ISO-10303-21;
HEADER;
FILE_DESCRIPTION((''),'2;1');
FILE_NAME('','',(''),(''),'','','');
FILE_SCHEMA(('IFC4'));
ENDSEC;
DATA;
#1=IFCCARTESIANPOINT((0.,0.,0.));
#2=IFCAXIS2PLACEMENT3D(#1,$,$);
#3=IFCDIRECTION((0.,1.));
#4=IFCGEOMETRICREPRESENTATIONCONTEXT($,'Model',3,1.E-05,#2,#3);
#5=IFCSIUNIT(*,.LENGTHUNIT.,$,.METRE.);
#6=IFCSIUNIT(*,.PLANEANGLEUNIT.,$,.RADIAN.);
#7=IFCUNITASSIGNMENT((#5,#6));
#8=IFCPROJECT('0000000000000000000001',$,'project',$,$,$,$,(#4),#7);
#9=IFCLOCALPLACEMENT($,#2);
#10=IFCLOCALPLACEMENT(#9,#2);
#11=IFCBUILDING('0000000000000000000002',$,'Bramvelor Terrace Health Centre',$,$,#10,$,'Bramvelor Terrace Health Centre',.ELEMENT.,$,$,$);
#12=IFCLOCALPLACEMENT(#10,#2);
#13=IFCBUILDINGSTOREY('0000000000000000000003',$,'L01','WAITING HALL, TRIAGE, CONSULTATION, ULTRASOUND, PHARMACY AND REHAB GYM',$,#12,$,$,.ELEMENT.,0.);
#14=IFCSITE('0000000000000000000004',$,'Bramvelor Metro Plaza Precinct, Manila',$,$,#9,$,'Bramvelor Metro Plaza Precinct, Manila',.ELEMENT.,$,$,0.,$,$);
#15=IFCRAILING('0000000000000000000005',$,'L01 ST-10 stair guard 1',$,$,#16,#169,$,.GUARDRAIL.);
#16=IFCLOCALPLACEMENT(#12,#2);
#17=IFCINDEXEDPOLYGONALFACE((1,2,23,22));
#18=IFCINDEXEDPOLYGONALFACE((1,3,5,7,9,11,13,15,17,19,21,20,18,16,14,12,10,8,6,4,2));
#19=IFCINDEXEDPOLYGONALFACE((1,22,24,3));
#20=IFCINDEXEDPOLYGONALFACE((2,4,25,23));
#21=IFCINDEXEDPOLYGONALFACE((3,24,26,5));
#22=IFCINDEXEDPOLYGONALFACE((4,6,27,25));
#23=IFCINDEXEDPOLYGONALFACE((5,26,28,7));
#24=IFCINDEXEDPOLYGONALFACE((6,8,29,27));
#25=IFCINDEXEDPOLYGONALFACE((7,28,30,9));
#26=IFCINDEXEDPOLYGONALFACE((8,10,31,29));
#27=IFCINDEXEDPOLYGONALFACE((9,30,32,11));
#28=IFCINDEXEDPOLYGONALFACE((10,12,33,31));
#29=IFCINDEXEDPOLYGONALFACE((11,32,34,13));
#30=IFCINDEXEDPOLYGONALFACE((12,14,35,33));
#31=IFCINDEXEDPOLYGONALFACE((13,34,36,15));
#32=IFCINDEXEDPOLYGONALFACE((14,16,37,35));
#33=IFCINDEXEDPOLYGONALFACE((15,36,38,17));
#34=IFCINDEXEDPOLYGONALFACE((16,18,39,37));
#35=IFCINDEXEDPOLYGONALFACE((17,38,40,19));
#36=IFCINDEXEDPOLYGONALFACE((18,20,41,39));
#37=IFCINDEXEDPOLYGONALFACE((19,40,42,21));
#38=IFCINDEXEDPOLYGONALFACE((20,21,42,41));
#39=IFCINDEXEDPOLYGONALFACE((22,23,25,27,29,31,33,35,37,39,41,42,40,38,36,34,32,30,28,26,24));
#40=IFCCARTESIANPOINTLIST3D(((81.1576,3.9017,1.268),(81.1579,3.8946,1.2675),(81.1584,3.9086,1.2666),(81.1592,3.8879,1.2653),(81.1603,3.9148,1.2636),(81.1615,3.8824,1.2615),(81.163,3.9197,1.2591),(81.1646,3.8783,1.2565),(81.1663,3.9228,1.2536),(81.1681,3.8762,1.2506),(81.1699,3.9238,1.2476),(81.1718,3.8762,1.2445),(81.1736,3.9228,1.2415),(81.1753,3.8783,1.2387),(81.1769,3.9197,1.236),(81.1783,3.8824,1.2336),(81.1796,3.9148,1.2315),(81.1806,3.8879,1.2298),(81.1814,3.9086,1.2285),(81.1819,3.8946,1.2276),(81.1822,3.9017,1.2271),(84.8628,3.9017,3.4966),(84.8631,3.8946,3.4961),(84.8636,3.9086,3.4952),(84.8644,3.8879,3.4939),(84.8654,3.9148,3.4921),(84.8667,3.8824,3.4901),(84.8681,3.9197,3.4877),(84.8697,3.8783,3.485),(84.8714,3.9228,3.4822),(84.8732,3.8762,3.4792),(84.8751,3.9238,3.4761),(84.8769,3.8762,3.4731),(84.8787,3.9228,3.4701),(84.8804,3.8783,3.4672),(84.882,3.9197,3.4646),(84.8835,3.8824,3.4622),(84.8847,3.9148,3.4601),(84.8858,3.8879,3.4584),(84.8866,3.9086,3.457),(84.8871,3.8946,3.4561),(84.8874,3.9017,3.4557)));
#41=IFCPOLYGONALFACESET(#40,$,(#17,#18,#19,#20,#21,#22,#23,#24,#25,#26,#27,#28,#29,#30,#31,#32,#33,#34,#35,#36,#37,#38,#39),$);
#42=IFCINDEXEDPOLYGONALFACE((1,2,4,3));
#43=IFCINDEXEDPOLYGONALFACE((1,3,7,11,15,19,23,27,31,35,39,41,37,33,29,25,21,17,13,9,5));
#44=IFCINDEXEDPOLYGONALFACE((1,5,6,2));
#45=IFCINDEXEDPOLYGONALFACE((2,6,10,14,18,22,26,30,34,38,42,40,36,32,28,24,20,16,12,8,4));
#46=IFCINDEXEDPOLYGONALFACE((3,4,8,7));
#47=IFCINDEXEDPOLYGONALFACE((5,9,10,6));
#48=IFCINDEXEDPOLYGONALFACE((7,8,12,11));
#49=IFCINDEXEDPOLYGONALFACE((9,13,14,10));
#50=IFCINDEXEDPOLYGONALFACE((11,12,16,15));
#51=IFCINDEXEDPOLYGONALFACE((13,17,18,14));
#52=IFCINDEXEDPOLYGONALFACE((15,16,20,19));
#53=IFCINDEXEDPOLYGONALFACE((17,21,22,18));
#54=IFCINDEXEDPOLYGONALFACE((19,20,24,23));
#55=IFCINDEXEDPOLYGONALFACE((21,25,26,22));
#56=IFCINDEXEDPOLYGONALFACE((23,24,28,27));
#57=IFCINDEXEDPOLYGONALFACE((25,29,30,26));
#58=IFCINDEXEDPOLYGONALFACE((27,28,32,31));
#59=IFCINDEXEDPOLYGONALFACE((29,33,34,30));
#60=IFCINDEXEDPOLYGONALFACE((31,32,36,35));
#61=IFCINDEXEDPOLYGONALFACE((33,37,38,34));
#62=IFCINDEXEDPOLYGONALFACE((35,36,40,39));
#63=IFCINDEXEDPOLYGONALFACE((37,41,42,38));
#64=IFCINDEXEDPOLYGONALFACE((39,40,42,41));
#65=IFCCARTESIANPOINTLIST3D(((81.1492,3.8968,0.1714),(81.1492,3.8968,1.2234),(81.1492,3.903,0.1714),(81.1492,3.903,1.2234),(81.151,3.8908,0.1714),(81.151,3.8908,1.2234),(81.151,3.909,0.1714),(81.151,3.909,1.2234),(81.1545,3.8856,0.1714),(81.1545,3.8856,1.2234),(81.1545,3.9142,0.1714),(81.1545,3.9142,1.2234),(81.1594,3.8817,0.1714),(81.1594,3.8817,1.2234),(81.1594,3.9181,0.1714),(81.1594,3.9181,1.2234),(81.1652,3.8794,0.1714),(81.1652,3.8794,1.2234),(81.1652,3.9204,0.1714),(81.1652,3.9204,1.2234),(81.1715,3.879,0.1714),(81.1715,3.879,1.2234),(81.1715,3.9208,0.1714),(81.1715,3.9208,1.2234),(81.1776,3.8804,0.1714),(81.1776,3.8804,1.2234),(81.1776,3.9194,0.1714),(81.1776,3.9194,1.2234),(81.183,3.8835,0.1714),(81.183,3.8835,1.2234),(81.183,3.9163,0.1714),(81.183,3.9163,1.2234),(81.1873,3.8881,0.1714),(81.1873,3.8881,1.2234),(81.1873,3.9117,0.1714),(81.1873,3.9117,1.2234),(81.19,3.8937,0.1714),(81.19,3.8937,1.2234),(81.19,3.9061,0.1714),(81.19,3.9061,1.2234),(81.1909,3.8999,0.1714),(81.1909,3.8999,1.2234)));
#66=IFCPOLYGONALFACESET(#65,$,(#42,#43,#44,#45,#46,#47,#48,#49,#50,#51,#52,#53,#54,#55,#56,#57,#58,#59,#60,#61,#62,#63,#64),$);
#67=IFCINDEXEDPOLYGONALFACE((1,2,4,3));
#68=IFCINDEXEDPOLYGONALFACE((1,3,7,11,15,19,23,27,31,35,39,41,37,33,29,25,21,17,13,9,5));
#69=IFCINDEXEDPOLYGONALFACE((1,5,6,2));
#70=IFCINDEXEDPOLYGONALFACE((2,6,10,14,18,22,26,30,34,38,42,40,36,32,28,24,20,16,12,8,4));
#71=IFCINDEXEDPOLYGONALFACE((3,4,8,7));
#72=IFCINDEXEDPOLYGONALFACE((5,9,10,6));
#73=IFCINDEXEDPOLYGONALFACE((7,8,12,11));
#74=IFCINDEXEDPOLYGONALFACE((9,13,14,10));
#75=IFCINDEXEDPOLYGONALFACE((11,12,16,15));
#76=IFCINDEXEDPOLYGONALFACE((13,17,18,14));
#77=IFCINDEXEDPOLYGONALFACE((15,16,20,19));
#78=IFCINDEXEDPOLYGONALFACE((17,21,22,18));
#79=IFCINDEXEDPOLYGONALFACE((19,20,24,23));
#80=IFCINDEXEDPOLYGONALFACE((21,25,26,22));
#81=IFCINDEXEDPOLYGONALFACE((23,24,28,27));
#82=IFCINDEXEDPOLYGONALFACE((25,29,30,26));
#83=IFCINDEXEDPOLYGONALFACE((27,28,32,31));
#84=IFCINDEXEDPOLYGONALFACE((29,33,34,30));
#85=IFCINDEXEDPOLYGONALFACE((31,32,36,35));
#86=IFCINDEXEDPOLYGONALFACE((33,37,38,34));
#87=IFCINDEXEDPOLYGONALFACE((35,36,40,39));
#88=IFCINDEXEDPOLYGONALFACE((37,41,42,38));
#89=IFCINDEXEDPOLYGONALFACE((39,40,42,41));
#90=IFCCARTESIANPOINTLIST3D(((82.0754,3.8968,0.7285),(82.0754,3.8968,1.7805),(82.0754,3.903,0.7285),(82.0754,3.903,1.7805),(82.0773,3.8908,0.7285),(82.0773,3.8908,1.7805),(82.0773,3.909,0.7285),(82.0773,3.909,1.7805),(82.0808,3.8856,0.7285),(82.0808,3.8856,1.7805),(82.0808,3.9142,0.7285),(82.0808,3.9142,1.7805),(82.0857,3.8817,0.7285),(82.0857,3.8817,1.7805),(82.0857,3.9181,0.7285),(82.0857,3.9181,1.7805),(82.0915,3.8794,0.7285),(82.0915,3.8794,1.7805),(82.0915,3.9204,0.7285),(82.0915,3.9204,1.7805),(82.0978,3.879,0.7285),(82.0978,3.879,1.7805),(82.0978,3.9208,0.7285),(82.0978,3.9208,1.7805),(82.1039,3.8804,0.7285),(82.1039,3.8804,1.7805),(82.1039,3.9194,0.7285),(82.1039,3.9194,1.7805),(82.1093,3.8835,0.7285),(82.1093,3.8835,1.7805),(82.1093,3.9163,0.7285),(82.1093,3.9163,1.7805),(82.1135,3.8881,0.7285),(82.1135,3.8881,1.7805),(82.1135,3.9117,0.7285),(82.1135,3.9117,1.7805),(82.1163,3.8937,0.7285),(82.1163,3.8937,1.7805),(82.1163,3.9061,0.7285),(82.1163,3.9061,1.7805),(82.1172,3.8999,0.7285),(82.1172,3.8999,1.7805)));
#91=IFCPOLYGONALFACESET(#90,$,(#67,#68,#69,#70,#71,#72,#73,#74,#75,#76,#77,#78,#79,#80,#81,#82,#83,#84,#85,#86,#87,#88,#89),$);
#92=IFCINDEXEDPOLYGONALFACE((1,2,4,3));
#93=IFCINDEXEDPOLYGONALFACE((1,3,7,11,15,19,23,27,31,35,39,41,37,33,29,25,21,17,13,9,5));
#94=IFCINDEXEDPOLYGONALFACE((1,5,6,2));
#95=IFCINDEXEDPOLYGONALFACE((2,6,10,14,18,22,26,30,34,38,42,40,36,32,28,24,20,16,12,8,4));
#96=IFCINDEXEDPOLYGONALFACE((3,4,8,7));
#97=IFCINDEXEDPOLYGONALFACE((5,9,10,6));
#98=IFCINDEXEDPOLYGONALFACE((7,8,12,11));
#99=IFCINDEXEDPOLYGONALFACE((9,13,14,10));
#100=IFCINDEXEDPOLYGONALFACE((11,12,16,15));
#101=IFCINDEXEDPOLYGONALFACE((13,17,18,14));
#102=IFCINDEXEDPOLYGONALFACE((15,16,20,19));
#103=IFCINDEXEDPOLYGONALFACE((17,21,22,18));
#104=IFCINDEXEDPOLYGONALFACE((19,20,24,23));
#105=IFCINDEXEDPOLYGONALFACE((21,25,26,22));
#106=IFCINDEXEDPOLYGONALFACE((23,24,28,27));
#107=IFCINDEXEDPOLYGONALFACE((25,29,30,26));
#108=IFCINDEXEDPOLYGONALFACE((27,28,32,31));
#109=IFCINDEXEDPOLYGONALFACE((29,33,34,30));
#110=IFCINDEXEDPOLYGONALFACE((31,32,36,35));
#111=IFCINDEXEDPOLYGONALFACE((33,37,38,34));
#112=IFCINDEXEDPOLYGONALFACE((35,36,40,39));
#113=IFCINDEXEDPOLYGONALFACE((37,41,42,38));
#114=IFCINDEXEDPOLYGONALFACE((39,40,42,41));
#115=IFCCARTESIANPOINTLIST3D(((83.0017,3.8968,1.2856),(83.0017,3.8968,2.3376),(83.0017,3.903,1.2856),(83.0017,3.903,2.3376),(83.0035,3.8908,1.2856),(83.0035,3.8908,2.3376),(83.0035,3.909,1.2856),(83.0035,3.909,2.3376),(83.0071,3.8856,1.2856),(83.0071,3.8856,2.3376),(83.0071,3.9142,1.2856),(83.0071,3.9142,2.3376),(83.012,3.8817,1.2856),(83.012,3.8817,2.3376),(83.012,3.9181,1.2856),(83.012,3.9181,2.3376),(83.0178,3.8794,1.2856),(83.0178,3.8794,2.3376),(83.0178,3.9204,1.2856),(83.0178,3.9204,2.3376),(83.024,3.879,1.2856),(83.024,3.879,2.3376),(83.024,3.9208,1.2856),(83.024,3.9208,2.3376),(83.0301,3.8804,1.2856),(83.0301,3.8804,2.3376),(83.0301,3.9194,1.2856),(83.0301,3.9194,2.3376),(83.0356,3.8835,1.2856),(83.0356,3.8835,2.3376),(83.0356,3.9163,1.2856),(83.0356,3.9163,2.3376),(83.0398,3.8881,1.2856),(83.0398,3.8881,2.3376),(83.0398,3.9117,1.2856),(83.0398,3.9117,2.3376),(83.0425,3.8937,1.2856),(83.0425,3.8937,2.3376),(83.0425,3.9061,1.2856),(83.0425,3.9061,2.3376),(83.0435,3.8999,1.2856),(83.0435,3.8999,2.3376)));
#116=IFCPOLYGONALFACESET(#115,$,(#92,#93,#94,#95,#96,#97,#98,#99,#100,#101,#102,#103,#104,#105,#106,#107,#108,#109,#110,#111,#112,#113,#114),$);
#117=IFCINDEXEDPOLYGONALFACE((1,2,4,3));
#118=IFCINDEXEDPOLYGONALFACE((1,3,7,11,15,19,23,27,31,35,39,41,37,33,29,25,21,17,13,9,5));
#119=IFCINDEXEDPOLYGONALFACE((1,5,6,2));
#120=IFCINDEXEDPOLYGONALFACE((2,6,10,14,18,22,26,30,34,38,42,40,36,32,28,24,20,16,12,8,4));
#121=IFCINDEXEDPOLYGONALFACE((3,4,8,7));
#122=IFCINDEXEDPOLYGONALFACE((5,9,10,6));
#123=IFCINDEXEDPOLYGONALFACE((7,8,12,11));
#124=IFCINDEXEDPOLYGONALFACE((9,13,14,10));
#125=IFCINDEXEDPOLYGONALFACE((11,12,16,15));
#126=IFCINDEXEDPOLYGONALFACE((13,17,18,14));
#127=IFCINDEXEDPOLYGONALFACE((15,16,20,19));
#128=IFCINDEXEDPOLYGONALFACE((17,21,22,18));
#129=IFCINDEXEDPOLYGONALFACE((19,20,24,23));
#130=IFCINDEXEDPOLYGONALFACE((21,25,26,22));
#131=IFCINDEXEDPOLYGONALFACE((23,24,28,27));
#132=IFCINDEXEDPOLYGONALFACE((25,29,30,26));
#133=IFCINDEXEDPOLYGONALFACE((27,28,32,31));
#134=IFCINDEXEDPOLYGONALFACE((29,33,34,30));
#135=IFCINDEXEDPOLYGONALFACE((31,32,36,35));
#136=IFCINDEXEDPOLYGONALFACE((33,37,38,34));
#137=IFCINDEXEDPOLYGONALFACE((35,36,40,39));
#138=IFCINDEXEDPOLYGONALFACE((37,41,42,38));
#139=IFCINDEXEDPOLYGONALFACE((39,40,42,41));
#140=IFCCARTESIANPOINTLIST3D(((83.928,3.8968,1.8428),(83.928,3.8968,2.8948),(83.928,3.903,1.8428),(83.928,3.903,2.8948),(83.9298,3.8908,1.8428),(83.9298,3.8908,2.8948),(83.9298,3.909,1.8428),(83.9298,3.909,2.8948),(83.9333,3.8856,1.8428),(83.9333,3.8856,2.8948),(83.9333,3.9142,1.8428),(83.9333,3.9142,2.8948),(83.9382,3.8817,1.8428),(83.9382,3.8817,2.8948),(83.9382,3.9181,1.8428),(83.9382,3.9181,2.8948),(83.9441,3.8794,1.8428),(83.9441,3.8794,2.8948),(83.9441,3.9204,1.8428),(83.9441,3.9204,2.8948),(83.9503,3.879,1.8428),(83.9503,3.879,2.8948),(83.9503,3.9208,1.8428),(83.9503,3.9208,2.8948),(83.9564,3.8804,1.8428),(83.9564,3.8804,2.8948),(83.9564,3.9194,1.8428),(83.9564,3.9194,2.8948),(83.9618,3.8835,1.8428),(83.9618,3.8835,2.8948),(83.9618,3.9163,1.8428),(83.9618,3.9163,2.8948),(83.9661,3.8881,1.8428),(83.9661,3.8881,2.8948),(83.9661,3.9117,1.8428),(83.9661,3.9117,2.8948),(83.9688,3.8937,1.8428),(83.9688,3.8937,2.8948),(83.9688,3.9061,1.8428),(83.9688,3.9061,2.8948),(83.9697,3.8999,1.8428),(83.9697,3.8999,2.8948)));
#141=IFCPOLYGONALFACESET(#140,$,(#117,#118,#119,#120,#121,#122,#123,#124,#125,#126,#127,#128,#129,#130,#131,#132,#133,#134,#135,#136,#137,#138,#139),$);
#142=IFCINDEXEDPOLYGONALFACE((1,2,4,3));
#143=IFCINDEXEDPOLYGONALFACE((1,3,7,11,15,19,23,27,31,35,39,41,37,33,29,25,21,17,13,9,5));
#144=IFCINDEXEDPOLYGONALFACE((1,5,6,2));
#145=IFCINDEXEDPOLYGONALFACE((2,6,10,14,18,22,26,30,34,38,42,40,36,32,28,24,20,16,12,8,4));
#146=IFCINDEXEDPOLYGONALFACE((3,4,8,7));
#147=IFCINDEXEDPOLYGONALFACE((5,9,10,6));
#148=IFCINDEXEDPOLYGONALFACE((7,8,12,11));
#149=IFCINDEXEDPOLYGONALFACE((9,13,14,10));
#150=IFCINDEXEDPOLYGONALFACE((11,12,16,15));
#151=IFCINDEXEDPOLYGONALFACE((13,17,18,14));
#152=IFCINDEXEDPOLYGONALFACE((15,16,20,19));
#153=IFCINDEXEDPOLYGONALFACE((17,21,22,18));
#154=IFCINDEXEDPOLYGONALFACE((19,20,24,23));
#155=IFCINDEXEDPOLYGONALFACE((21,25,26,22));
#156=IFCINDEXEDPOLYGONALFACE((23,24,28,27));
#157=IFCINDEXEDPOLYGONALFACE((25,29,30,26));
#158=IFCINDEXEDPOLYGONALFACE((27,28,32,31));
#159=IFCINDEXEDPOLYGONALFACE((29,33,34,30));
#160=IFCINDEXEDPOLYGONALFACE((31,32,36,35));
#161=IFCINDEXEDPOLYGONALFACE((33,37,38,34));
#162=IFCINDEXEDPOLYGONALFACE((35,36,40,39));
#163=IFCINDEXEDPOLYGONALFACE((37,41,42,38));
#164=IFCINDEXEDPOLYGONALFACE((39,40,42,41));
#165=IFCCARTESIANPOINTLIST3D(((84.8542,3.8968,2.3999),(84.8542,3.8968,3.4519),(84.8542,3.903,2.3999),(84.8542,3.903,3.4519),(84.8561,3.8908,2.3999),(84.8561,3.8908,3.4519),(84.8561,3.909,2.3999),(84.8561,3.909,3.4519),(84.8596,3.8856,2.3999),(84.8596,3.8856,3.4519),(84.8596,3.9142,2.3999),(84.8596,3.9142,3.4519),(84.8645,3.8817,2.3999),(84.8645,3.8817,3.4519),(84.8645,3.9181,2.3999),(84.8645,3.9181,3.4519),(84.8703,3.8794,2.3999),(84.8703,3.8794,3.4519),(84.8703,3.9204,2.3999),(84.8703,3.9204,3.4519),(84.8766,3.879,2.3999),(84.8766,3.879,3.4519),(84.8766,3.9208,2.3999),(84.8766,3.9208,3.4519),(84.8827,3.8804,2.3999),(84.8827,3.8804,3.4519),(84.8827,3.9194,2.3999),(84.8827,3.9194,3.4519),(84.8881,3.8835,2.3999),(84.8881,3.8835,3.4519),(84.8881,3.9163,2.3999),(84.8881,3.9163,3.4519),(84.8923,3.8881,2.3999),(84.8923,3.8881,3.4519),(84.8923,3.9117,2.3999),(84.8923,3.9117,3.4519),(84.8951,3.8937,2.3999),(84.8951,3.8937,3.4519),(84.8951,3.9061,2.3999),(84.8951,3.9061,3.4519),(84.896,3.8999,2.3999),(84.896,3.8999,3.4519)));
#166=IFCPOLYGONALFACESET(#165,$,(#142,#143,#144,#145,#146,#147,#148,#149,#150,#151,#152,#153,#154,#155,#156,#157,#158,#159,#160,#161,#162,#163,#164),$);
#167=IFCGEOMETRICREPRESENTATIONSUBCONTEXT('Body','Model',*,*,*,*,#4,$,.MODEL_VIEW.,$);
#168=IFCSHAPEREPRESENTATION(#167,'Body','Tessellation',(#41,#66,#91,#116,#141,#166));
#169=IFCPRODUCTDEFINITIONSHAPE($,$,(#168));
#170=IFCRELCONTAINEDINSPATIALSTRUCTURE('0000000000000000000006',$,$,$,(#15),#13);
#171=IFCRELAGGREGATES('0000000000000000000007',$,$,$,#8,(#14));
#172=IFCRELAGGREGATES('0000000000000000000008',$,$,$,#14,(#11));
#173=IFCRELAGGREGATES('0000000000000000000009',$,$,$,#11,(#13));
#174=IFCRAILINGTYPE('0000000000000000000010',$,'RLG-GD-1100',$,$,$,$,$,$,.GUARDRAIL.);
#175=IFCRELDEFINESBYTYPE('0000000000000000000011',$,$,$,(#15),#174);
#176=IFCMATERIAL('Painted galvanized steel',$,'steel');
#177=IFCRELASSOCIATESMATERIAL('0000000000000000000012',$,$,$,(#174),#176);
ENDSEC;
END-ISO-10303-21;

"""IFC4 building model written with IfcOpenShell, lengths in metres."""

from ifc_helpers import new_model, si_unit, direction, frame, origin, origin_2d, place, context, subcontext, project, spatial, circle, extrude, material, type_object, element, save


model = new_model("IFC4")

# Units and contexts
model_context = context("Model", 3, precision=1e-05, world=origin(), true_north=direction((0.0, 1.0)))
body_context = subcontext(model_context, "Body", "Model", "MODEL_VIEW")
ifc_project = project(units=[si_unit("LENGTHUNIT", "METRE"), si_unit("PLANEANGLEUNIT", "RADIAN")], contexts=[model_context])

# Site, building, storey
site_placement = place(None, origin())
site = spatial("IfcSite", under=ifc_project, at=site_placement, Name="Bramvelor Metro Plaza Precinct, Manila", LongName="Bramvelor Metro Plaza Precinct, Manila", CompositionType="ELEMENT", RefElevation=0.0)
building_placement = place(site_placement, origin())
building = spatial("IfcBuilding", under=site, at=building_placement, Name="Bramvelor Terrace Health Centre", LongName="Bramvelor Terrace Health Centre", CompositionType="ELEMENT")
storey_placement = place(building_placement, origin())
storey = spatial("IfcBuildingStorey", under=building, at=storey_placement, Name="L01", Description="WAITING HALL, TRIAGE, CONSULTATION, ULTRASOUND, PHARMACY AND REHAB GYM", CompositionType="ELEMENT", Elevation=0.0)

# Railing
ifc_material_1 = material(Name="Painted galvanized steel", Category="steel")
railing_type_1 = type_object("IfcRailingType", Name="RLG-GD-1100", PredefinedType="GUARDRAIL", material=ifc_material_1)
railing_1_placement = place(storey_placement, frame((81.1699, 3.8999, 0.1714)))
element("IfcRailing", 1, at=railing_1_placement, inside=storey, type_object=railing_type_1, Name="L01 ST-10 stair guard 1", PredefinedType="GUARDRAIL", context=body_context, shape_type="SweptSolid", body=[
    extrude(circle(Radius=0.0239, at=origin_2d()), frame((0.0, 0.0, 1.0762), z_axis=(0.856934, 0.0, 0.515425), x_axis=(0.0, 1.0, 0.0)), (0.0, 0.0, 1.0), 4.3237),
    extrude(circle(Radius=0.021, at=origin_2d()), origin(), (0.0, 0.0, 1.0), 1.052),
    extrude(circle(Radius=0.021, at=origin_2d()), frame((0.9263, 0.0, 0.5571)), (0.0, 0.0, 1.0), 1.052),
    extrude(circle(Radius=0.021, at=origin_2d()), frame((1.8525, 0.0, 1.1143)), (0.0, 0.0, 1.0), 1.052),
    extrude(circle(Radius=0.021, at=origin_2d()), frame((2.7788, 0.0, 1.6714)), (0.0, 0.0, 1.0), 1.052),
    extrude(circle(Radius=0.021, at=origin_2d()), frame((3.7051, 0.0, 2.2285)), (0.0, 0.0, 1.0), 1.052),
])

save(model, "model.ifc")
